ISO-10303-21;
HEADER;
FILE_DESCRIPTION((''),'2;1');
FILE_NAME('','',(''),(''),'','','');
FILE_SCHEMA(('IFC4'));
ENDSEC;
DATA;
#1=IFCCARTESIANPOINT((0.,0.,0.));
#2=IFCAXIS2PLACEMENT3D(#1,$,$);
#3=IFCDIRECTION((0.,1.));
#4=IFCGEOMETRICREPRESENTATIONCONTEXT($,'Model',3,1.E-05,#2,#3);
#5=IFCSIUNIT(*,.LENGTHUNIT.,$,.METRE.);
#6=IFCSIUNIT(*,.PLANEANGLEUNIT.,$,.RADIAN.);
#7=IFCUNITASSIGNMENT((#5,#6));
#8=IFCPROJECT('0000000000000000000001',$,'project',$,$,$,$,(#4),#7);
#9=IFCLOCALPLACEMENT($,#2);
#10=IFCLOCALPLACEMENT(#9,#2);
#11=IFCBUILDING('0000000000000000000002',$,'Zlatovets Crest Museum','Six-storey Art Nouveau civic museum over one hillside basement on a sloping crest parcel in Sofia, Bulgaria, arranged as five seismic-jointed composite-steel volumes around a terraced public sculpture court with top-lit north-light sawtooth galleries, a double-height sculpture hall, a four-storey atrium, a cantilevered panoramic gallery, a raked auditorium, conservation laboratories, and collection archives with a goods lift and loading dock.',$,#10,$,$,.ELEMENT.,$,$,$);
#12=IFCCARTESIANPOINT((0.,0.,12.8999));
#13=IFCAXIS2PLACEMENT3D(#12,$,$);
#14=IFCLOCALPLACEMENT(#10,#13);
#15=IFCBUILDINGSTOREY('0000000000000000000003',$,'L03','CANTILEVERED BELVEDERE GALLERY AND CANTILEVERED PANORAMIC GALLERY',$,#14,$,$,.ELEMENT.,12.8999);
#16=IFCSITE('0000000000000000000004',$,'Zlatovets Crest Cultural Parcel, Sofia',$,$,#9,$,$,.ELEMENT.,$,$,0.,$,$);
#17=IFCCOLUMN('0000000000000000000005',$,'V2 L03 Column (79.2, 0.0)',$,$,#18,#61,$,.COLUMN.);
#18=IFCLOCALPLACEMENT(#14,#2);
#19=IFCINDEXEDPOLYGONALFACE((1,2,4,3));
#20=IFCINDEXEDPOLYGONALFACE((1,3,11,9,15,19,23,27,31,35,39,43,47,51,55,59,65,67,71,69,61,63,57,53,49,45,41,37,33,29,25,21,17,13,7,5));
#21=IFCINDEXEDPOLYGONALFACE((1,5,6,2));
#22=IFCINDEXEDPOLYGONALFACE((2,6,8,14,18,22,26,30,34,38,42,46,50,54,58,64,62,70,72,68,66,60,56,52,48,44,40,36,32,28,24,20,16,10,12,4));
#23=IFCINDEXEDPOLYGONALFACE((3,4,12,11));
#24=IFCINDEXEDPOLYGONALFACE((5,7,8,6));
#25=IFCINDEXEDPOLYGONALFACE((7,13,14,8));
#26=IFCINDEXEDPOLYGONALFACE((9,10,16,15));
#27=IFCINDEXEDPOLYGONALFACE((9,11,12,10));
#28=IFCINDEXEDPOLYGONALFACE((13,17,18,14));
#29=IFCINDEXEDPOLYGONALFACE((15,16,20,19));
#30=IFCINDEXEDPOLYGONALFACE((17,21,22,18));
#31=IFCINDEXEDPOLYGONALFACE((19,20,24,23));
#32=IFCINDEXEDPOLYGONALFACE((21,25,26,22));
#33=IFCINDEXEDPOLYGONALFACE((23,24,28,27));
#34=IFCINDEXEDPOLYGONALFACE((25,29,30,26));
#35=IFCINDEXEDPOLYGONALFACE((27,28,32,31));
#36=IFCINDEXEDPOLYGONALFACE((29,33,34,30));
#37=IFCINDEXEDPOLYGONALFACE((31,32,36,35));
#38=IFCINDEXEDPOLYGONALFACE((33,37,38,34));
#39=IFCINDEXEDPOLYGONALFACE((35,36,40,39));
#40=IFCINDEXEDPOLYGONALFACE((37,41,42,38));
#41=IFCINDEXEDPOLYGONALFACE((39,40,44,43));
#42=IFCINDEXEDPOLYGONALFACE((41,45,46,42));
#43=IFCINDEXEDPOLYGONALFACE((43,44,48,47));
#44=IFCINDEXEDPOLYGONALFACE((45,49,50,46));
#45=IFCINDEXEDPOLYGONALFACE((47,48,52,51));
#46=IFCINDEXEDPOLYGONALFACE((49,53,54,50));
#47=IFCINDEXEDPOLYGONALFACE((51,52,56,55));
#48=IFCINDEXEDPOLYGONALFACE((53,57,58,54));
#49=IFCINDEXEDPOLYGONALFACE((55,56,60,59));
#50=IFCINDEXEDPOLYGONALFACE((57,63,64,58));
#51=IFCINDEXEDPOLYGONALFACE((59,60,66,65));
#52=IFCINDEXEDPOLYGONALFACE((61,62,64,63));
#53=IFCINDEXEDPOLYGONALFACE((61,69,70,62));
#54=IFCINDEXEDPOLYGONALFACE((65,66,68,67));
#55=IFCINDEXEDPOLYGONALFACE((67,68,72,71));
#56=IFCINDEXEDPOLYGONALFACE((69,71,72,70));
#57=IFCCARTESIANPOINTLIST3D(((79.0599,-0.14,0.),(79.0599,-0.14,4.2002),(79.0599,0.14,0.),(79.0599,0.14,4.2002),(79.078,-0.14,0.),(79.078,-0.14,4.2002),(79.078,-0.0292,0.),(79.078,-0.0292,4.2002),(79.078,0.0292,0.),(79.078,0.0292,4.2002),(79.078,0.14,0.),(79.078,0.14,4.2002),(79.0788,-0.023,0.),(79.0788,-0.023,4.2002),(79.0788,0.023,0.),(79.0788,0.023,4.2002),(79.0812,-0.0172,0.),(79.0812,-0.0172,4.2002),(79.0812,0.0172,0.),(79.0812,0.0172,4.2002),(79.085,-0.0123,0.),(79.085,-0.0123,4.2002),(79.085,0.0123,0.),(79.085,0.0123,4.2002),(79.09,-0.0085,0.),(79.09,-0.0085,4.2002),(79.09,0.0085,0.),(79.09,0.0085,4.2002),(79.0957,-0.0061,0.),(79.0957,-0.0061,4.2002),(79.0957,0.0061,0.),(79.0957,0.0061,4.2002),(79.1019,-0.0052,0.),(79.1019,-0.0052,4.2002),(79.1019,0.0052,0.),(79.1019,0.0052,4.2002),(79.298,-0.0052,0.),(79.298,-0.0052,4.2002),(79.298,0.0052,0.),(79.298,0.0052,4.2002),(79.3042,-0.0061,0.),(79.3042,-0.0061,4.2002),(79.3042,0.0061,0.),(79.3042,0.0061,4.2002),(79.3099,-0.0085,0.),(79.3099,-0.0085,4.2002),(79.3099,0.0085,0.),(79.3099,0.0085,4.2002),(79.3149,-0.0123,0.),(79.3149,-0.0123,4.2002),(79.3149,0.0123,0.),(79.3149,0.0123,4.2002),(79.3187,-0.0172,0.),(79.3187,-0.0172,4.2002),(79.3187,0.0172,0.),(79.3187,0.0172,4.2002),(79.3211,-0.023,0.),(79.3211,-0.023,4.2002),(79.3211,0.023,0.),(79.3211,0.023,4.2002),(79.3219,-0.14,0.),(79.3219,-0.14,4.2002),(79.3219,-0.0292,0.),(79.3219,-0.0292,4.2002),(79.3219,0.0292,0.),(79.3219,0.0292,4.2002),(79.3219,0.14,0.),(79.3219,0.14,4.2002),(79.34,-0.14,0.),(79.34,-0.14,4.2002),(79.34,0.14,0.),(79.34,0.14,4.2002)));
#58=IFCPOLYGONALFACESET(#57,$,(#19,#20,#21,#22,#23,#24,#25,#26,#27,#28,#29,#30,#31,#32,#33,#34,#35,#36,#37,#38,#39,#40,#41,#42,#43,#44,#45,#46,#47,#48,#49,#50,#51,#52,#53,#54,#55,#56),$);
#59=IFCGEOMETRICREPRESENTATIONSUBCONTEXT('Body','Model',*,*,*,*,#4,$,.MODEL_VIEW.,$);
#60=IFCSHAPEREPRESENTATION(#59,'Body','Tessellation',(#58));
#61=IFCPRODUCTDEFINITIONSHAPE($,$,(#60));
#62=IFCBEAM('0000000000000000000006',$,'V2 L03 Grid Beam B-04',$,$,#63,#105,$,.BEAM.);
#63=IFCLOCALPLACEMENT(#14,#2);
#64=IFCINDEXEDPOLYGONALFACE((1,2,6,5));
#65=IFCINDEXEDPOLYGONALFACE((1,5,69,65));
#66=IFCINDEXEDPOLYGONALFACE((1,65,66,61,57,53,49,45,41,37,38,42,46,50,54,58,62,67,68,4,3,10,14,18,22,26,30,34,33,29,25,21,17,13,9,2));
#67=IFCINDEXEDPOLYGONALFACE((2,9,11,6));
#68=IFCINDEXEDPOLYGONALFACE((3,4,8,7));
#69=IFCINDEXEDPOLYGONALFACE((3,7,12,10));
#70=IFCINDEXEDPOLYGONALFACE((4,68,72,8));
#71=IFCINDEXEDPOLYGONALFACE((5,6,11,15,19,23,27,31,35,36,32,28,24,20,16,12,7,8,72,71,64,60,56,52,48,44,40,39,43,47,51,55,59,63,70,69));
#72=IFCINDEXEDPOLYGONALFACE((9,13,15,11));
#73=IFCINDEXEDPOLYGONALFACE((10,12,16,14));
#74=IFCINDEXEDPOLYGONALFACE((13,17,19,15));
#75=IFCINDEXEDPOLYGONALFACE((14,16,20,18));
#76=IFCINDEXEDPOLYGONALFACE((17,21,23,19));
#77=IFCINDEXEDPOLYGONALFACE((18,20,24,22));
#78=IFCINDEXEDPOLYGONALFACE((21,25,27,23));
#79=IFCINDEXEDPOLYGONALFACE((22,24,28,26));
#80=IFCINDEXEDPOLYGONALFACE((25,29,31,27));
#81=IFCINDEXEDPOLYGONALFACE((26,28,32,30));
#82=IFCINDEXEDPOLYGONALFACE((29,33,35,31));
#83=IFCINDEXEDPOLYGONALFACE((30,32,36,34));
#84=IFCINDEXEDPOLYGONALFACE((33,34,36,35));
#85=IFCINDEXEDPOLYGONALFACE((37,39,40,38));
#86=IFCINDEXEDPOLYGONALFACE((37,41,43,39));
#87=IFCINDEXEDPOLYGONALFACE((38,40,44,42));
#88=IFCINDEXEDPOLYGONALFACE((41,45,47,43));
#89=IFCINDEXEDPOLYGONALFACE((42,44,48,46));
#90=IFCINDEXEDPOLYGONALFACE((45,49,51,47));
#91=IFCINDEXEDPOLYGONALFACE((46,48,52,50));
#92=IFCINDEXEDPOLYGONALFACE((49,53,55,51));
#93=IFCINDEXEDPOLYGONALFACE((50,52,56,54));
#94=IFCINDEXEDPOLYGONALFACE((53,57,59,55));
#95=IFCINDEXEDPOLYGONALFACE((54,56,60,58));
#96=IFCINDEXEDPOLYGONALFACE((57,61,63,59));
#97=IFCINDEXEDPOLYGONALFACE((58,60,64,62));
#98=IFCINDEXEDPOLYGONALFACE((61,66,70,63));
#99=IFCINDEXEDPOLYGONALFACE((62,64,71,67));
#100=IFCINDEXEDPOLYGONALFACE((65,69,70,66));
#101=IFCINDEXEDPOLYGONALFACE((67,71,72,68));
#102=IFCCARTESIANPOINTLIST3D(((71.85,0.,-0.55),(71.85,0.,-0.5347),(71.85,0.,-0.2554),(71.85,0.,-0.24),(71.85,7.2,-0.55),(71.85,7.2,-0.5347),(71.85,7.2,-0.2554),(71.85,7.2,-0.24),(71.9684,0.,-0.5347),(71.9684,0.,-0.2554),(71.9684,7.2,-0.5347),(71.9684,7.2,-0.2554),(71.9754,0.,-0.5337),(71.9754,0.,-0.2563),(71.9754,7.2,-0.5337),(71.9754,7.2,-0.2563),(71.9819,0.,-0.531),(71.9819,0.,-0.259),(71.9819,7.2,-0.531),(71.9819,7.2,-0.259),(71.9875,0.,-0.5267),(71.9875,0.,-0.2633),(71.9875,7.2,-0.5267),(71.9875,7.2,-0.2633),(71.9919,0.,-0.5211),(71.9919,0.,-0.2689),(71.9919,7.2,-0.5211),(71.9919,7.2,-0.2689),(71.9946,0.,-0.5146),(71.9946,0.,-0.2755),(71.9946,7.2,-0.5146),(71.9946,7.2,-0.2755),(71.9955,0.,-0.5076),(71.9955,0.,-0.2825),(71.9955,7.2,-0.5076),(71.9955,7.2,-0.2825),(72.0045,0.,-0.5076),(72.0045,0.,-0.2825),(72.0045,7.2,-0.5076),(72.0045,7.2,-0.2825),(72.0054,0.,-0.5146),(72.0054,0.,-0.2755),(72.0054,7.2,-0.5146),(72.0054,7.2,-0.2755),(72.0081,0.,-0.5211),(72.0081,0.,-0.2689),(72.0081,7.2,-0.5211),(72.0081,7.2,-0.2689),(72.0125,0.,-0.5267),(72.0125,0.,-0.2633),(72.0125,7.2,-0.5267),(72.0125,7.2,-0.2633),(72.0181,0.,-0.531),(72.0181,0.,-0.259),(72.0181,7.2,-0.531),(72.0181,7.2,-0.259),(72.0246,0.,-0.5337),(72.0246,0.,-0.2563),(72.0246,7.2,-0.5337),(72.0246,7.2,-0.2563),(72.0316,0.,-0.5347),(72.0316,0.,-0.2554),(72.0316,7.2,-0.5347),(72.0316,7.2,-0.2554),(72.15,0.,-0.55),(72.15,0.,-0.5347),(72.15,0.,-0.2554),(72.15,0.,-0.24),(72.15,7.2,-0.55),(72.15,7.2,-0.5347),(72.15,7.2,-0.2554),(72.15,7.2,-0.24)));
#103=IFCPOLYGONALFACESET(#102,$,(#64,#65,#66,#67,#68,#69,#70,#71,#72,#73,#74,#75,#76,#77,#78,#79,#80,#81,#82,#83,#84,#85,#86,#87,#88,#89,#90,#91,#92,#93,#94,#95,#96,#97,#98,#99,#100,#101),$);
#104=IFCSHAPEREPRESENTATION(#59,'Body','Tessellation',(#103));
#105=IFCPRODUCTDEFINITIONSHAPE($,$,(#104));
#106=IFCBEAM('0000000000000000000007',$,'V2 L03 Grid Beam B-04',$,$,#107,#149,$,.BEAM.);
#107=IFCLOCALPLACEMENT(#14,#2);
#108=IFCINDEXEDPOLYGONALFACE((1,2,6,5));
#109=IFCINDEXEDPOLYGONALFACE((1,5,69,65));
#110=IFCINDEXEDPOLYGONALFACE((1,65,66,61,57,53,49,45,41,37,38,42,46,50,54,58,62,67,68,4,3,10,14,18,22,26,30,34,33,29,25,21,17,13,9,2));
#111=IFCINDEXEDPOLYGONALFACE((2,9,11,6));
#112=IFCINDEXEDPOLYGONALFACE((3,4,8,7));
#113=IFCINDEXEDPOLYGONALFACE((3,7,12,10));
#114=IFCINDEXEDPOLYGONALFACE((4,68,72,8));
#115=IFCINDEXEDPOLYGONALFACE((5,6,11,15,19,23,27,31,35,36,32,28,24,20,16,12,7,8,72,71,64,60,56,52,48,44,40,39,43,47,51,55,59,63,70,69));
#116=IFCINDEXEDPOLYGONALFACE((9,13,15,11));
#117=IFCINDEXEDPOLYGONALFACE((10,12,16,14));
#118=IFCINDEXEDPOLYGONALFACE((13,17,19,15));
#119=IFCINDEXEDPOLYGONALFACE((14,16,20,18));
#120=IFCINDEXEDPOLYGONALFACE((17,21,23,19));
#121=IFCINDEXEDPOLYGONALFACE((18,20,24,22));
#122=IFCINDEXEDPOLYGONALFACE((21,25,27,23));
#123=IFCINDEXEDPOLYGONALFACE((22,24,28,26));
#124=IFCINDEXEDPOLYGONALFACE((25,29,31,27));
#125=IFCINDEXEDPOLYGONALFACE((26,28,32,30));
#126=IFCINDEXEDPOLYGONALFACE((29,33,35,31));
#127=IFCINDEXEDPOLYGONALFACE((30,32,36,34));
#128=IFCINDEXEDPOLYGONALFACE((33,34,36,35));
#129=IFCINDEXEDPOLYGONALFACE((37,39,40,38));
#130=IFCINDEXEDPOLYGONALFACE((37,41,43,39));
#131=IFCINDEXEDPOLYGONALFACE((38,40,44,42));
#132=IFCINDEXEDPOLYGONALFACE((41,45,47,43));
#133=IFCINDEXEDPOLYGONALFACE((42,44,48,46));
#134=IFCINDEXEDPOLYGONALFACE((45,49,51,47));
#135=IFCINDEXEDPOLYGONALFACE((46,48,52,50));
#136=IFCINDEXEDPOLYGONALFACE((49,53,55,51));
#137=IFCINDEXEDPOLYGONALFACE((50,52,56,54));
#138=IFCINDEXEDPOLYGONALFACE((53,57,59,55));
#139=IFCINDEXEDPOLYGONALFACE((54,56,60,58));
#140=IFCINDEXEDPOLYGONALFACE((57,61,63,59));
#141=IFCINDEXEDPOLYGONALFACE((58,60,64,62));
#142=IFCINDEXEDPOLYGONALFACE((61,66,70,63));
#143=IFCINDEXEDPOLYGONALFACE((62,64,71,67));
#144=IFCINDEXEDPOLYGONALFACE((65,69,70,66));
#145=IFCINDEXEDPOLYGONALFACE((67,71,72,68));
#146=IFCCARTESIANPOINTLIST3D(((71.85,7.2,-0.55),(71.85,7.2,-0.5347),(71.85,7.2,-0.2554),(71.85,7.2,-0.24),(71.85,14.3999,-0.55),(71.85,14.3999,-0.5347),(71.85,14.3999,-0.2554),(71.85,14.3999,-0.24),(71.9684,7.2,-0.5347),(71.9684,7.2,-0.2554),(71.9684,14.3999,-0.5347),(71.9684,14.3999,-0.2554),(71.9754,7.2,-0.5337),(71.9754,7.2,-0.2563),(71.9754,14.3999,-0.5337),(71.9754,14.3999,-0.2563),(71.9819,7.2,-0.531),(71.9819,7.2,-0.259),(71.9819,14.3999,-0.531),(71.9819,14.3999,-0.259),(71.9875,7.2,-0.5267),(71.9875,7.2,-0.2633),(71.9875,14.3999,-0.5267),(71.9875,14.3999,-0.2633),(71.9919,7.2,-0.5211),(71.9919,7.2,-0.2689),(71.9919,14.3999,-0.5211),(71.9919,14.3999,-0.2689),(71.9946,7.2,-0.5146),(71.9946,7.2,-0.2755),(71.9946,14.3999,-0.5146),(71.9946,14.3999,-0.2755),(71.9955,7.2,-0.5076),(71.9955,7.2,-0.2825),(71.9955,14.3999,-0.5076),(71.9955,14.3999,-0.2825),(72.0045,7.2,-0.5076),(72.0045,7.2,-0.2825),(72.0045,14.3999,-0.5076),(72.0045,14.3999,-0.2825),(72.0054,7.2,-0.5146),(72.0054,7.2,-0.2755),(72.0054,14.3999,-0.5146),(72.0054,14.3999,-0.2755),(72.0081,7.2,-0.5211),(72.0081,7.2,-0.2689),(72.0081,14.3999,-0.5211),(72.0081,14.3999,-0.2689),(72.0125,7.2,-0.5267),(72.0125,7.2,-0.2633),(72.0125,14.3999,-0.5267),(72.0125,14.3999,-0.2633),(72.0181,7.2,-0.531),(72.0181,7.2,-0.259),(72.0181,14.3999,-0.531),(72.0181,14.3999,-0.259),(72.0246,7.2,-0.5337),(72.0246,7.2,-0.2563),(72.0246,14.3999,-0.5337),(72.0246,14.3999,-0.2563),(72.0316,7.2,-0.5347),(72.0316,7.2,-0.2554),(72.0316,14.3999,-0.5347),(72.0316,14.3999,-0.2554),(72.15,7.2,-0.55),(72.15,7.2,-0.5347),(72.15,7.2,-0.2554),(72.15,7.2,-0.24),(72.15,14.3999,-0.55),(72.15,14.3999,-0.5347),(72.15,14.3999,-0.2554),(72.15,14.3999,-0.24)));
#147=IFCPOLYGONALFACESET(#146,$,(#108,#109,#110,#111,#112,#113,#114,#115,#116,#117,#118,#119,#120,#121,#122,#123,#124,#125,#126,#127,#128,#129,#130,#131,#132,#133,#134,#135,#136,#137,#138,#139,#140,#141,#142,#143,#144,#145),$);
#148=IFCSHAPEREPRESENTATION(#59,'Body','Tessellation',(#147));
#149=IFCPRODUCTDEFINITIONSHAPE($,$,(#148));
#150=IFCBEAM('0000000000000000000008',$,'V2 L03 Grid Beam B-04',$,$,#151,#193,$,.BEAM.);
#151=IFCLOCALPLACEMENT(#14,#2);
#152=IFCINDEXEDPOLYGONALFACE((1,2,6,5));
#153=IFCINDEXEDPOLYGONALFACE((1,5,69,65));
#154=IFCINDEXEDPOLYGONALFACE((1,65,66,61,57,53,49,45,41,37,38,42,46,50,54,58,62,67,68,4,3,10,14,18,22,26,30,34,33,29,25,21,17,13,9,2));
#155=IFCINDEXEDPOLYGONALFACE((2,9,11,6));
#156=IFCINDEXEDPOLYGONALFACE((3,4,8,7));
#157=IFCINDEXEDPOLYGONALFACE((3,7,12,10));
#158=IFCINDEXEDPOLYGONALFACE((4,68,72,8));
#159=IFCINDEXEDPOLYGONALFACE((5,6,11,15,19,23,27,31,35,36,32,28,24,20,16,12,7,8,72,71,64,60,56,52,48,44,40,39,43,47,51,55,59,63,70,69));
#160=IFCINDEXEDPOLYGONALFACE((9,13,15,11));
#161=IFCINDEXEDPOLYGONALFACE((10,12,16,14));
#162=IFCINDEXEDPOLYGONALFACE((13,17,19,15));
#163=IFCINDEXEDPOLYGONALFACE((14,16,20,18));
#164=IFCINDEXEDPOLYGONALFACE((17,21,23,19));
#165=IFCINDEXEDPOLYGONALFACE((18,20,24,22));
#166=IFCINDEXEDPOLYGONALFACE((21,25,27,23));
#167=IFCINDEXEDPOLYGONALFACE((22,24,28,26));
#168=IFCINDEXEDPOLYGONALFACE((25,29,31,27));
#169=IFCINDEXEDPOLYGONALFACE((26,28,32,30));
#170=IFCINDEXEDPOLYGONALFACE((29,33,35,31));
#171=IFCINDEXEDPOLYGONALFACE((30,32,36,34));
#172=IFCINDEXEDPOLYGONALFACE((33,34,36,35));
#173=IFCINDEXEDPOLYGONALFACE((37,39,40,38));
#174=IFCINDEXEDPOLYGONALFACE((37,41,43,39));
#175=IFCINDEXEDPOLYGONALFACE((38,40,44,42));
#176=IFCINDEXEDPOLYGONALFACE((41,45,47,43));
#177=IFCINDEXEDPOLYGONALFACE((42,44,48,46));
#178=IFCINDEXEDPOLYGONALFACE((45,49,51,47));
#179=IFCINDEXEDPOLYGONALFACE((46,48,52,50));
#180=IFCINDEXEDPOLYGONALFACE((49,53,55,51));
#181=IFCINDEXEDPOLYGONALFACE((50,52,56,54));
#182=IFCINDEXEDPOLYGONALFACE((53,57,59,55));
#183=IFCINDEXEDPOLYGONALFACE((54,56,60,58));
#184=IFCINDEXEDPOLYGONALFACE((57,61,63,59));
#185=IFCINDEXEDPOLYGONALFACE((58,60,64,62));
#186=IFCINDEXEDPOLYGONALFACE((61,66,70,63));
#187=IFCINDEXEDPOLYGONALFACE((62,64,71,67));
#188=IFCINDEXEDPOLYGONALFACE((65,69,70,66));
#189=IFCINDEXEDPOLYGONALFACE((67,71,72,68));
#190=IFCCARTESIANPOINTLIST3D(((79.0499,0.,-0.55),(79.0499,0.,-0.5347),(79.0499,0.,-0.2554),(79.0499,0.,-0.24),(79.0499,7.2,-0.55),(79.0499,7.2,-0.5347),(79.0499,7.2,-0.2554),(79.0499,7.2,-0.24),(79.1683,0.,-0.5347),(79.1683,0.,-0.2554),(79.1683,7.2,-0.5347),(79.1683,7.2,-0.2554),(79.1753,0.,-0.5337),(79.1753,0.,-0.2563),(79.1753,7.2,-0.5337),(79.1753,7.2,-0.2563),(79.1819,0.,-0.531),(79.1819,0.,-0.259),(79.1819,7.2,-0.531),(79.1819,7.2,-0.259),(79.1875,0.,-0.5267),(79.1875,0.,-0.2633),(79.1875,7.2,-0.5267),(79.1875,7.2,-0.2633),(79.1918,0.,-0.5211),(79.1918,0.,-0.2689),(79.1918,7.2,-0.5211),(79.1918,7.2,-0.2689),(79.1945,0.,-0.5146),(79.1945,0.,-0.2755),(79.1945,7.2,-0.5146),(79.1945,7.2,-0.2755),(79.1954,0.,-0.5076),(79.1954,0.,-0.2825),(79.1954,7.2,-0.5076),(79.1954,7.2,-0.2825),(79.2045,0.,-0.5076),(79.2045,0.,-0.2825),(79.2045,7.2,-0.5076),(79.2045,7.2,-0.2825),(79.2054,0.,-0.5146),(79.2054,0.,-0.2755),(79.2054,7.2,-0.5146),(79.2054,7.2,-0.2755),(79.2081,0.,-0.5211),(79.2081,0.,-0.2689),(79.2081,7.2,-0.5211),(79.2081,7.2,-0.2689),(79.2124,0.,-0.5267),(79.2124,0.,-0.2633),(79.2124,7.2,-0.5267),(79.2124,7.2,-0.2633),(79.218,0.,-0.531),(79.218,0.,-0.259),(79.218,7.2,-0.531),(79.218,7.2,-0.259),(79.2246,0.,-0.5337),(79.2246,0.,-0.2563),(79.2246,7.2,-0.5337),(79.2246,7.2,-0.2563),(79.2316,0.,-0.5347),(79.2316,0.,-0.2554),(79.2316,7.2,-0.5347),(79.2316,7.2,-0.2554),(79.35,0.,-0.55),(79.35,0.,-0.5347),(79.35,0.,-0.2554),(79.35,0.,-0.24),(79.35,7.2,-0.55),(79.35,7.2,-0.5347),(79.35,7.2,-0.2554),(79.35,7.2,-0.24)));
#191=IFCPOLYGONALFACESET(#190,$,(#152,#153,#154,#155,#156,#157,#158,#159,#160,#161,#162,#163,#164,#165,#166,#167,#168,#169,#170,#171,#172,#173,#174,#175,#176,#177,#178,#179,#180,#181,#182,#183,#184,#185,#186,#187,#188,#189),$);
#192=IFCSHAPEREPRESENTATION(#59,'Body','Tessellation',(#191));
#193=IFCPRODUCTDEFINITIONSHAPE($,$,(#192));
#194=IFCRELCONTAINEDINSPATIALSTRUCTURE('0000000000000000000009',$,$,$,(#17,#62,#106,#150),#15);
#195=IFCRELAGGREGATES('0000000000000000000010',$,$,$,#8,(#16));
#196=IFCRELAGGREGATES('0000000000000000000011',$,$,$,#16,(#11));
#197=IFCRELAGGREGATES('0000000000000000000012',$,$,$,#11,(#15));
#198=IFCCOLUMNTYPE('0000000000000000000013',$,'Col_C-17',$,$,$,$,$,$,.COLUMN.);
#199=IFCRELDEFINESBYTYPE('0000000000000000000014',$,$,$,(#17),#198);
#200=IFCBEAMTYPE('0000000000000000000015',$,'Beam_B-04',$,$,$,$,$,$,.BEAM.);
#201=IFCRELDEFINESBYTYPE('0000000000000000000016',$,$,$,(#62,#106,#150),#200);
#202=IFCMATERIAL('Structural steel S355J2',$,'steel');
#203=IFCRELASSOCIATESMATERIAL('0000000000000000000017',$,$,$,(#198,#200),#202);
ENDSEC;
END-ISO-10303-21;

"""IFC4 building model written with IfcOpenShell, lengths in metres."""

from ifc_helpers import new_model, si_unit, direction, frame, origin, origin_2d, place, context, subcontext, project, spatial, i_section, extrude, material, material_profile, profile_set, type_object, element, save


model = new_model("IFC4")

# Units and contexts
model_context = context("Model", 3, precision=1e-05, world=origin(), true_north=direction((0.0, 1.0)))
body_context = subcontext(model_context, "Body", "Model", "MODEL_VIEW")
ifc_project = project(units=[si_unit("LENGTHUNIT", "METRE"), si_unit("PLANEANGLEUNIT", "RADIAN")], contexts=[model_context])

# Site, building, storey
site_placement = place(None, origin())
site = spatial("IfcSite", under=ifc_project, at=site_placement, Name="Zlatovets Crest Cultural Parcel, Sofia", CompositionType="ELEMENT", RefElevation=0.0)
building_placement = place(site_placement, origin())
building = spatial("IfcBuilding", under=site, at=building_placement, Name="Zlatovets Crest Museum", Description="Six-storey Art Nouveau civic museum over one hillside basement on a sloping crest parcel in Sofia, Bulgaria, arranged as five seismic-jointed composite-steel volumes around a terraced public sculpture court with top-lit north-light sawtooth galleries, a double-height sculpture hall, a four-storey atrium, a cantilevered panoramic gallery, a raked auditorium, conservation laboratories, and collection archives with a goods lift and loading dock.", CompositionType="ELEMENT")
storey_placement = place(building_placement, frame((0.0, 0.0, 12.8999)))
storey = spatial("IfcBuildingStorey", under=building, at=storey_placement, Name="L03", Description="CANTILEVERED BELVEDERE GALLERY AND CANTILEVERED PANORAMIC GALLERY", CompositionType="ELEMENT", Elevation=12.8999)

# Column
ifc_material_1 = material(Name="Structural steel S355J2", Category="steel")
ifc_material_profile_1 = material_profile(ifc_material_1, i_section(OverallWidth=0.28, OverallDepth=0.28, WebThickness=0.0105, FlangeThickness=0.0181, FilletRadius=0.0239, at=origin_2d()), Name="HEB 280")
ifc_profile_set_1 = profile_set([ifc_material_profile_1], Name="Structural steel S355J2")
column_type_1 = type_object("IfcColumnType", Name="Col_C-17", PredefinedType="COLUMN", material=ifc_profile_set_1)
for number, where, z_axis, x_axis, name in (
    (1, (79.2, 0.0, 0.0), (0.0, 0.0, 1.0), (0.0, 1.0, 0.0), "V2 L03 Column (79.2, 0.0)"),
):
    element("IfcColumn", number, at=place(storey_placement, frame(where, z_axis=z_axis, x_axis=x_axis)), inside=storey, type_object=column_type_1, Name=name, PredefinedType="COLUMN", context=body_context, shape_type="SweptSolid", body=[
        extrude(i_section(OverallWidth=0.28, OverallDepth=0.28, WebThickness=0.0105, FlangeThickness=0.0181, FilletRadius=0.0239, at=origin_2d()), origin(), (0.0, 0.0, 1.0), 4.2002),
    ])

# Beams
ifc_material_profile_2 = material_profile(ifc_material_1, i_section(OverallWidth=0.3, OverallDepth=0.3101, WebThickness=0.009, FlangeThickness=0.0154, FilletRadius=0.0271, at=origin_2d()), Name="HEA 320")
ifc_profile_set_2 = profile_set([ifc_material_profile_2], Name="Structural steel S355J2")
beam_type_1 = type_object("IfcBeamType", Name="Beam_B-04", PredefinedType="BEAM", material=ifc_profile_set_2)
for number, where, z_axis, x_axis, name in (
    (2, (72.0, 0.0, -0.395), (0.0, 1.0, 0.0), (-1.0, 0.0, 0.0), "V2 L03 Grid Beam B-04"),
    (3, (72.0, 7.2, -0.395), (0.0, 1.0, 0.0), (-1.0, 0.0, 0.0), "V2 L03 Grid Beam B-04"),
    (4, (79.2, 0.0, -0.395), (0.0, 1.0, 0.0), (-1.0, 0.0, 0.0), "V2 L03 Grid Beam B-04"),
):
    element("IfcBeam", number, at=place(storey_placement, frame(where, z_axis=z_axis, x_axis=x_axis)), inside=storey, type_object=beam_type_1, Name=name, PredefinedType="BEAM", context=body_context, shape_type="SweptSolid", body=[
        extrude(i_section(OverallWidth=0.3, OverallDepth=0.3101, WebThickness=0.009, FlangeThickness=0.0154, FilletRadius=0.0271, at=origin_2d()), origin(), (0.0, 0.0, 1.0), 7.2),
    ])

save(model, "model.ifc")
